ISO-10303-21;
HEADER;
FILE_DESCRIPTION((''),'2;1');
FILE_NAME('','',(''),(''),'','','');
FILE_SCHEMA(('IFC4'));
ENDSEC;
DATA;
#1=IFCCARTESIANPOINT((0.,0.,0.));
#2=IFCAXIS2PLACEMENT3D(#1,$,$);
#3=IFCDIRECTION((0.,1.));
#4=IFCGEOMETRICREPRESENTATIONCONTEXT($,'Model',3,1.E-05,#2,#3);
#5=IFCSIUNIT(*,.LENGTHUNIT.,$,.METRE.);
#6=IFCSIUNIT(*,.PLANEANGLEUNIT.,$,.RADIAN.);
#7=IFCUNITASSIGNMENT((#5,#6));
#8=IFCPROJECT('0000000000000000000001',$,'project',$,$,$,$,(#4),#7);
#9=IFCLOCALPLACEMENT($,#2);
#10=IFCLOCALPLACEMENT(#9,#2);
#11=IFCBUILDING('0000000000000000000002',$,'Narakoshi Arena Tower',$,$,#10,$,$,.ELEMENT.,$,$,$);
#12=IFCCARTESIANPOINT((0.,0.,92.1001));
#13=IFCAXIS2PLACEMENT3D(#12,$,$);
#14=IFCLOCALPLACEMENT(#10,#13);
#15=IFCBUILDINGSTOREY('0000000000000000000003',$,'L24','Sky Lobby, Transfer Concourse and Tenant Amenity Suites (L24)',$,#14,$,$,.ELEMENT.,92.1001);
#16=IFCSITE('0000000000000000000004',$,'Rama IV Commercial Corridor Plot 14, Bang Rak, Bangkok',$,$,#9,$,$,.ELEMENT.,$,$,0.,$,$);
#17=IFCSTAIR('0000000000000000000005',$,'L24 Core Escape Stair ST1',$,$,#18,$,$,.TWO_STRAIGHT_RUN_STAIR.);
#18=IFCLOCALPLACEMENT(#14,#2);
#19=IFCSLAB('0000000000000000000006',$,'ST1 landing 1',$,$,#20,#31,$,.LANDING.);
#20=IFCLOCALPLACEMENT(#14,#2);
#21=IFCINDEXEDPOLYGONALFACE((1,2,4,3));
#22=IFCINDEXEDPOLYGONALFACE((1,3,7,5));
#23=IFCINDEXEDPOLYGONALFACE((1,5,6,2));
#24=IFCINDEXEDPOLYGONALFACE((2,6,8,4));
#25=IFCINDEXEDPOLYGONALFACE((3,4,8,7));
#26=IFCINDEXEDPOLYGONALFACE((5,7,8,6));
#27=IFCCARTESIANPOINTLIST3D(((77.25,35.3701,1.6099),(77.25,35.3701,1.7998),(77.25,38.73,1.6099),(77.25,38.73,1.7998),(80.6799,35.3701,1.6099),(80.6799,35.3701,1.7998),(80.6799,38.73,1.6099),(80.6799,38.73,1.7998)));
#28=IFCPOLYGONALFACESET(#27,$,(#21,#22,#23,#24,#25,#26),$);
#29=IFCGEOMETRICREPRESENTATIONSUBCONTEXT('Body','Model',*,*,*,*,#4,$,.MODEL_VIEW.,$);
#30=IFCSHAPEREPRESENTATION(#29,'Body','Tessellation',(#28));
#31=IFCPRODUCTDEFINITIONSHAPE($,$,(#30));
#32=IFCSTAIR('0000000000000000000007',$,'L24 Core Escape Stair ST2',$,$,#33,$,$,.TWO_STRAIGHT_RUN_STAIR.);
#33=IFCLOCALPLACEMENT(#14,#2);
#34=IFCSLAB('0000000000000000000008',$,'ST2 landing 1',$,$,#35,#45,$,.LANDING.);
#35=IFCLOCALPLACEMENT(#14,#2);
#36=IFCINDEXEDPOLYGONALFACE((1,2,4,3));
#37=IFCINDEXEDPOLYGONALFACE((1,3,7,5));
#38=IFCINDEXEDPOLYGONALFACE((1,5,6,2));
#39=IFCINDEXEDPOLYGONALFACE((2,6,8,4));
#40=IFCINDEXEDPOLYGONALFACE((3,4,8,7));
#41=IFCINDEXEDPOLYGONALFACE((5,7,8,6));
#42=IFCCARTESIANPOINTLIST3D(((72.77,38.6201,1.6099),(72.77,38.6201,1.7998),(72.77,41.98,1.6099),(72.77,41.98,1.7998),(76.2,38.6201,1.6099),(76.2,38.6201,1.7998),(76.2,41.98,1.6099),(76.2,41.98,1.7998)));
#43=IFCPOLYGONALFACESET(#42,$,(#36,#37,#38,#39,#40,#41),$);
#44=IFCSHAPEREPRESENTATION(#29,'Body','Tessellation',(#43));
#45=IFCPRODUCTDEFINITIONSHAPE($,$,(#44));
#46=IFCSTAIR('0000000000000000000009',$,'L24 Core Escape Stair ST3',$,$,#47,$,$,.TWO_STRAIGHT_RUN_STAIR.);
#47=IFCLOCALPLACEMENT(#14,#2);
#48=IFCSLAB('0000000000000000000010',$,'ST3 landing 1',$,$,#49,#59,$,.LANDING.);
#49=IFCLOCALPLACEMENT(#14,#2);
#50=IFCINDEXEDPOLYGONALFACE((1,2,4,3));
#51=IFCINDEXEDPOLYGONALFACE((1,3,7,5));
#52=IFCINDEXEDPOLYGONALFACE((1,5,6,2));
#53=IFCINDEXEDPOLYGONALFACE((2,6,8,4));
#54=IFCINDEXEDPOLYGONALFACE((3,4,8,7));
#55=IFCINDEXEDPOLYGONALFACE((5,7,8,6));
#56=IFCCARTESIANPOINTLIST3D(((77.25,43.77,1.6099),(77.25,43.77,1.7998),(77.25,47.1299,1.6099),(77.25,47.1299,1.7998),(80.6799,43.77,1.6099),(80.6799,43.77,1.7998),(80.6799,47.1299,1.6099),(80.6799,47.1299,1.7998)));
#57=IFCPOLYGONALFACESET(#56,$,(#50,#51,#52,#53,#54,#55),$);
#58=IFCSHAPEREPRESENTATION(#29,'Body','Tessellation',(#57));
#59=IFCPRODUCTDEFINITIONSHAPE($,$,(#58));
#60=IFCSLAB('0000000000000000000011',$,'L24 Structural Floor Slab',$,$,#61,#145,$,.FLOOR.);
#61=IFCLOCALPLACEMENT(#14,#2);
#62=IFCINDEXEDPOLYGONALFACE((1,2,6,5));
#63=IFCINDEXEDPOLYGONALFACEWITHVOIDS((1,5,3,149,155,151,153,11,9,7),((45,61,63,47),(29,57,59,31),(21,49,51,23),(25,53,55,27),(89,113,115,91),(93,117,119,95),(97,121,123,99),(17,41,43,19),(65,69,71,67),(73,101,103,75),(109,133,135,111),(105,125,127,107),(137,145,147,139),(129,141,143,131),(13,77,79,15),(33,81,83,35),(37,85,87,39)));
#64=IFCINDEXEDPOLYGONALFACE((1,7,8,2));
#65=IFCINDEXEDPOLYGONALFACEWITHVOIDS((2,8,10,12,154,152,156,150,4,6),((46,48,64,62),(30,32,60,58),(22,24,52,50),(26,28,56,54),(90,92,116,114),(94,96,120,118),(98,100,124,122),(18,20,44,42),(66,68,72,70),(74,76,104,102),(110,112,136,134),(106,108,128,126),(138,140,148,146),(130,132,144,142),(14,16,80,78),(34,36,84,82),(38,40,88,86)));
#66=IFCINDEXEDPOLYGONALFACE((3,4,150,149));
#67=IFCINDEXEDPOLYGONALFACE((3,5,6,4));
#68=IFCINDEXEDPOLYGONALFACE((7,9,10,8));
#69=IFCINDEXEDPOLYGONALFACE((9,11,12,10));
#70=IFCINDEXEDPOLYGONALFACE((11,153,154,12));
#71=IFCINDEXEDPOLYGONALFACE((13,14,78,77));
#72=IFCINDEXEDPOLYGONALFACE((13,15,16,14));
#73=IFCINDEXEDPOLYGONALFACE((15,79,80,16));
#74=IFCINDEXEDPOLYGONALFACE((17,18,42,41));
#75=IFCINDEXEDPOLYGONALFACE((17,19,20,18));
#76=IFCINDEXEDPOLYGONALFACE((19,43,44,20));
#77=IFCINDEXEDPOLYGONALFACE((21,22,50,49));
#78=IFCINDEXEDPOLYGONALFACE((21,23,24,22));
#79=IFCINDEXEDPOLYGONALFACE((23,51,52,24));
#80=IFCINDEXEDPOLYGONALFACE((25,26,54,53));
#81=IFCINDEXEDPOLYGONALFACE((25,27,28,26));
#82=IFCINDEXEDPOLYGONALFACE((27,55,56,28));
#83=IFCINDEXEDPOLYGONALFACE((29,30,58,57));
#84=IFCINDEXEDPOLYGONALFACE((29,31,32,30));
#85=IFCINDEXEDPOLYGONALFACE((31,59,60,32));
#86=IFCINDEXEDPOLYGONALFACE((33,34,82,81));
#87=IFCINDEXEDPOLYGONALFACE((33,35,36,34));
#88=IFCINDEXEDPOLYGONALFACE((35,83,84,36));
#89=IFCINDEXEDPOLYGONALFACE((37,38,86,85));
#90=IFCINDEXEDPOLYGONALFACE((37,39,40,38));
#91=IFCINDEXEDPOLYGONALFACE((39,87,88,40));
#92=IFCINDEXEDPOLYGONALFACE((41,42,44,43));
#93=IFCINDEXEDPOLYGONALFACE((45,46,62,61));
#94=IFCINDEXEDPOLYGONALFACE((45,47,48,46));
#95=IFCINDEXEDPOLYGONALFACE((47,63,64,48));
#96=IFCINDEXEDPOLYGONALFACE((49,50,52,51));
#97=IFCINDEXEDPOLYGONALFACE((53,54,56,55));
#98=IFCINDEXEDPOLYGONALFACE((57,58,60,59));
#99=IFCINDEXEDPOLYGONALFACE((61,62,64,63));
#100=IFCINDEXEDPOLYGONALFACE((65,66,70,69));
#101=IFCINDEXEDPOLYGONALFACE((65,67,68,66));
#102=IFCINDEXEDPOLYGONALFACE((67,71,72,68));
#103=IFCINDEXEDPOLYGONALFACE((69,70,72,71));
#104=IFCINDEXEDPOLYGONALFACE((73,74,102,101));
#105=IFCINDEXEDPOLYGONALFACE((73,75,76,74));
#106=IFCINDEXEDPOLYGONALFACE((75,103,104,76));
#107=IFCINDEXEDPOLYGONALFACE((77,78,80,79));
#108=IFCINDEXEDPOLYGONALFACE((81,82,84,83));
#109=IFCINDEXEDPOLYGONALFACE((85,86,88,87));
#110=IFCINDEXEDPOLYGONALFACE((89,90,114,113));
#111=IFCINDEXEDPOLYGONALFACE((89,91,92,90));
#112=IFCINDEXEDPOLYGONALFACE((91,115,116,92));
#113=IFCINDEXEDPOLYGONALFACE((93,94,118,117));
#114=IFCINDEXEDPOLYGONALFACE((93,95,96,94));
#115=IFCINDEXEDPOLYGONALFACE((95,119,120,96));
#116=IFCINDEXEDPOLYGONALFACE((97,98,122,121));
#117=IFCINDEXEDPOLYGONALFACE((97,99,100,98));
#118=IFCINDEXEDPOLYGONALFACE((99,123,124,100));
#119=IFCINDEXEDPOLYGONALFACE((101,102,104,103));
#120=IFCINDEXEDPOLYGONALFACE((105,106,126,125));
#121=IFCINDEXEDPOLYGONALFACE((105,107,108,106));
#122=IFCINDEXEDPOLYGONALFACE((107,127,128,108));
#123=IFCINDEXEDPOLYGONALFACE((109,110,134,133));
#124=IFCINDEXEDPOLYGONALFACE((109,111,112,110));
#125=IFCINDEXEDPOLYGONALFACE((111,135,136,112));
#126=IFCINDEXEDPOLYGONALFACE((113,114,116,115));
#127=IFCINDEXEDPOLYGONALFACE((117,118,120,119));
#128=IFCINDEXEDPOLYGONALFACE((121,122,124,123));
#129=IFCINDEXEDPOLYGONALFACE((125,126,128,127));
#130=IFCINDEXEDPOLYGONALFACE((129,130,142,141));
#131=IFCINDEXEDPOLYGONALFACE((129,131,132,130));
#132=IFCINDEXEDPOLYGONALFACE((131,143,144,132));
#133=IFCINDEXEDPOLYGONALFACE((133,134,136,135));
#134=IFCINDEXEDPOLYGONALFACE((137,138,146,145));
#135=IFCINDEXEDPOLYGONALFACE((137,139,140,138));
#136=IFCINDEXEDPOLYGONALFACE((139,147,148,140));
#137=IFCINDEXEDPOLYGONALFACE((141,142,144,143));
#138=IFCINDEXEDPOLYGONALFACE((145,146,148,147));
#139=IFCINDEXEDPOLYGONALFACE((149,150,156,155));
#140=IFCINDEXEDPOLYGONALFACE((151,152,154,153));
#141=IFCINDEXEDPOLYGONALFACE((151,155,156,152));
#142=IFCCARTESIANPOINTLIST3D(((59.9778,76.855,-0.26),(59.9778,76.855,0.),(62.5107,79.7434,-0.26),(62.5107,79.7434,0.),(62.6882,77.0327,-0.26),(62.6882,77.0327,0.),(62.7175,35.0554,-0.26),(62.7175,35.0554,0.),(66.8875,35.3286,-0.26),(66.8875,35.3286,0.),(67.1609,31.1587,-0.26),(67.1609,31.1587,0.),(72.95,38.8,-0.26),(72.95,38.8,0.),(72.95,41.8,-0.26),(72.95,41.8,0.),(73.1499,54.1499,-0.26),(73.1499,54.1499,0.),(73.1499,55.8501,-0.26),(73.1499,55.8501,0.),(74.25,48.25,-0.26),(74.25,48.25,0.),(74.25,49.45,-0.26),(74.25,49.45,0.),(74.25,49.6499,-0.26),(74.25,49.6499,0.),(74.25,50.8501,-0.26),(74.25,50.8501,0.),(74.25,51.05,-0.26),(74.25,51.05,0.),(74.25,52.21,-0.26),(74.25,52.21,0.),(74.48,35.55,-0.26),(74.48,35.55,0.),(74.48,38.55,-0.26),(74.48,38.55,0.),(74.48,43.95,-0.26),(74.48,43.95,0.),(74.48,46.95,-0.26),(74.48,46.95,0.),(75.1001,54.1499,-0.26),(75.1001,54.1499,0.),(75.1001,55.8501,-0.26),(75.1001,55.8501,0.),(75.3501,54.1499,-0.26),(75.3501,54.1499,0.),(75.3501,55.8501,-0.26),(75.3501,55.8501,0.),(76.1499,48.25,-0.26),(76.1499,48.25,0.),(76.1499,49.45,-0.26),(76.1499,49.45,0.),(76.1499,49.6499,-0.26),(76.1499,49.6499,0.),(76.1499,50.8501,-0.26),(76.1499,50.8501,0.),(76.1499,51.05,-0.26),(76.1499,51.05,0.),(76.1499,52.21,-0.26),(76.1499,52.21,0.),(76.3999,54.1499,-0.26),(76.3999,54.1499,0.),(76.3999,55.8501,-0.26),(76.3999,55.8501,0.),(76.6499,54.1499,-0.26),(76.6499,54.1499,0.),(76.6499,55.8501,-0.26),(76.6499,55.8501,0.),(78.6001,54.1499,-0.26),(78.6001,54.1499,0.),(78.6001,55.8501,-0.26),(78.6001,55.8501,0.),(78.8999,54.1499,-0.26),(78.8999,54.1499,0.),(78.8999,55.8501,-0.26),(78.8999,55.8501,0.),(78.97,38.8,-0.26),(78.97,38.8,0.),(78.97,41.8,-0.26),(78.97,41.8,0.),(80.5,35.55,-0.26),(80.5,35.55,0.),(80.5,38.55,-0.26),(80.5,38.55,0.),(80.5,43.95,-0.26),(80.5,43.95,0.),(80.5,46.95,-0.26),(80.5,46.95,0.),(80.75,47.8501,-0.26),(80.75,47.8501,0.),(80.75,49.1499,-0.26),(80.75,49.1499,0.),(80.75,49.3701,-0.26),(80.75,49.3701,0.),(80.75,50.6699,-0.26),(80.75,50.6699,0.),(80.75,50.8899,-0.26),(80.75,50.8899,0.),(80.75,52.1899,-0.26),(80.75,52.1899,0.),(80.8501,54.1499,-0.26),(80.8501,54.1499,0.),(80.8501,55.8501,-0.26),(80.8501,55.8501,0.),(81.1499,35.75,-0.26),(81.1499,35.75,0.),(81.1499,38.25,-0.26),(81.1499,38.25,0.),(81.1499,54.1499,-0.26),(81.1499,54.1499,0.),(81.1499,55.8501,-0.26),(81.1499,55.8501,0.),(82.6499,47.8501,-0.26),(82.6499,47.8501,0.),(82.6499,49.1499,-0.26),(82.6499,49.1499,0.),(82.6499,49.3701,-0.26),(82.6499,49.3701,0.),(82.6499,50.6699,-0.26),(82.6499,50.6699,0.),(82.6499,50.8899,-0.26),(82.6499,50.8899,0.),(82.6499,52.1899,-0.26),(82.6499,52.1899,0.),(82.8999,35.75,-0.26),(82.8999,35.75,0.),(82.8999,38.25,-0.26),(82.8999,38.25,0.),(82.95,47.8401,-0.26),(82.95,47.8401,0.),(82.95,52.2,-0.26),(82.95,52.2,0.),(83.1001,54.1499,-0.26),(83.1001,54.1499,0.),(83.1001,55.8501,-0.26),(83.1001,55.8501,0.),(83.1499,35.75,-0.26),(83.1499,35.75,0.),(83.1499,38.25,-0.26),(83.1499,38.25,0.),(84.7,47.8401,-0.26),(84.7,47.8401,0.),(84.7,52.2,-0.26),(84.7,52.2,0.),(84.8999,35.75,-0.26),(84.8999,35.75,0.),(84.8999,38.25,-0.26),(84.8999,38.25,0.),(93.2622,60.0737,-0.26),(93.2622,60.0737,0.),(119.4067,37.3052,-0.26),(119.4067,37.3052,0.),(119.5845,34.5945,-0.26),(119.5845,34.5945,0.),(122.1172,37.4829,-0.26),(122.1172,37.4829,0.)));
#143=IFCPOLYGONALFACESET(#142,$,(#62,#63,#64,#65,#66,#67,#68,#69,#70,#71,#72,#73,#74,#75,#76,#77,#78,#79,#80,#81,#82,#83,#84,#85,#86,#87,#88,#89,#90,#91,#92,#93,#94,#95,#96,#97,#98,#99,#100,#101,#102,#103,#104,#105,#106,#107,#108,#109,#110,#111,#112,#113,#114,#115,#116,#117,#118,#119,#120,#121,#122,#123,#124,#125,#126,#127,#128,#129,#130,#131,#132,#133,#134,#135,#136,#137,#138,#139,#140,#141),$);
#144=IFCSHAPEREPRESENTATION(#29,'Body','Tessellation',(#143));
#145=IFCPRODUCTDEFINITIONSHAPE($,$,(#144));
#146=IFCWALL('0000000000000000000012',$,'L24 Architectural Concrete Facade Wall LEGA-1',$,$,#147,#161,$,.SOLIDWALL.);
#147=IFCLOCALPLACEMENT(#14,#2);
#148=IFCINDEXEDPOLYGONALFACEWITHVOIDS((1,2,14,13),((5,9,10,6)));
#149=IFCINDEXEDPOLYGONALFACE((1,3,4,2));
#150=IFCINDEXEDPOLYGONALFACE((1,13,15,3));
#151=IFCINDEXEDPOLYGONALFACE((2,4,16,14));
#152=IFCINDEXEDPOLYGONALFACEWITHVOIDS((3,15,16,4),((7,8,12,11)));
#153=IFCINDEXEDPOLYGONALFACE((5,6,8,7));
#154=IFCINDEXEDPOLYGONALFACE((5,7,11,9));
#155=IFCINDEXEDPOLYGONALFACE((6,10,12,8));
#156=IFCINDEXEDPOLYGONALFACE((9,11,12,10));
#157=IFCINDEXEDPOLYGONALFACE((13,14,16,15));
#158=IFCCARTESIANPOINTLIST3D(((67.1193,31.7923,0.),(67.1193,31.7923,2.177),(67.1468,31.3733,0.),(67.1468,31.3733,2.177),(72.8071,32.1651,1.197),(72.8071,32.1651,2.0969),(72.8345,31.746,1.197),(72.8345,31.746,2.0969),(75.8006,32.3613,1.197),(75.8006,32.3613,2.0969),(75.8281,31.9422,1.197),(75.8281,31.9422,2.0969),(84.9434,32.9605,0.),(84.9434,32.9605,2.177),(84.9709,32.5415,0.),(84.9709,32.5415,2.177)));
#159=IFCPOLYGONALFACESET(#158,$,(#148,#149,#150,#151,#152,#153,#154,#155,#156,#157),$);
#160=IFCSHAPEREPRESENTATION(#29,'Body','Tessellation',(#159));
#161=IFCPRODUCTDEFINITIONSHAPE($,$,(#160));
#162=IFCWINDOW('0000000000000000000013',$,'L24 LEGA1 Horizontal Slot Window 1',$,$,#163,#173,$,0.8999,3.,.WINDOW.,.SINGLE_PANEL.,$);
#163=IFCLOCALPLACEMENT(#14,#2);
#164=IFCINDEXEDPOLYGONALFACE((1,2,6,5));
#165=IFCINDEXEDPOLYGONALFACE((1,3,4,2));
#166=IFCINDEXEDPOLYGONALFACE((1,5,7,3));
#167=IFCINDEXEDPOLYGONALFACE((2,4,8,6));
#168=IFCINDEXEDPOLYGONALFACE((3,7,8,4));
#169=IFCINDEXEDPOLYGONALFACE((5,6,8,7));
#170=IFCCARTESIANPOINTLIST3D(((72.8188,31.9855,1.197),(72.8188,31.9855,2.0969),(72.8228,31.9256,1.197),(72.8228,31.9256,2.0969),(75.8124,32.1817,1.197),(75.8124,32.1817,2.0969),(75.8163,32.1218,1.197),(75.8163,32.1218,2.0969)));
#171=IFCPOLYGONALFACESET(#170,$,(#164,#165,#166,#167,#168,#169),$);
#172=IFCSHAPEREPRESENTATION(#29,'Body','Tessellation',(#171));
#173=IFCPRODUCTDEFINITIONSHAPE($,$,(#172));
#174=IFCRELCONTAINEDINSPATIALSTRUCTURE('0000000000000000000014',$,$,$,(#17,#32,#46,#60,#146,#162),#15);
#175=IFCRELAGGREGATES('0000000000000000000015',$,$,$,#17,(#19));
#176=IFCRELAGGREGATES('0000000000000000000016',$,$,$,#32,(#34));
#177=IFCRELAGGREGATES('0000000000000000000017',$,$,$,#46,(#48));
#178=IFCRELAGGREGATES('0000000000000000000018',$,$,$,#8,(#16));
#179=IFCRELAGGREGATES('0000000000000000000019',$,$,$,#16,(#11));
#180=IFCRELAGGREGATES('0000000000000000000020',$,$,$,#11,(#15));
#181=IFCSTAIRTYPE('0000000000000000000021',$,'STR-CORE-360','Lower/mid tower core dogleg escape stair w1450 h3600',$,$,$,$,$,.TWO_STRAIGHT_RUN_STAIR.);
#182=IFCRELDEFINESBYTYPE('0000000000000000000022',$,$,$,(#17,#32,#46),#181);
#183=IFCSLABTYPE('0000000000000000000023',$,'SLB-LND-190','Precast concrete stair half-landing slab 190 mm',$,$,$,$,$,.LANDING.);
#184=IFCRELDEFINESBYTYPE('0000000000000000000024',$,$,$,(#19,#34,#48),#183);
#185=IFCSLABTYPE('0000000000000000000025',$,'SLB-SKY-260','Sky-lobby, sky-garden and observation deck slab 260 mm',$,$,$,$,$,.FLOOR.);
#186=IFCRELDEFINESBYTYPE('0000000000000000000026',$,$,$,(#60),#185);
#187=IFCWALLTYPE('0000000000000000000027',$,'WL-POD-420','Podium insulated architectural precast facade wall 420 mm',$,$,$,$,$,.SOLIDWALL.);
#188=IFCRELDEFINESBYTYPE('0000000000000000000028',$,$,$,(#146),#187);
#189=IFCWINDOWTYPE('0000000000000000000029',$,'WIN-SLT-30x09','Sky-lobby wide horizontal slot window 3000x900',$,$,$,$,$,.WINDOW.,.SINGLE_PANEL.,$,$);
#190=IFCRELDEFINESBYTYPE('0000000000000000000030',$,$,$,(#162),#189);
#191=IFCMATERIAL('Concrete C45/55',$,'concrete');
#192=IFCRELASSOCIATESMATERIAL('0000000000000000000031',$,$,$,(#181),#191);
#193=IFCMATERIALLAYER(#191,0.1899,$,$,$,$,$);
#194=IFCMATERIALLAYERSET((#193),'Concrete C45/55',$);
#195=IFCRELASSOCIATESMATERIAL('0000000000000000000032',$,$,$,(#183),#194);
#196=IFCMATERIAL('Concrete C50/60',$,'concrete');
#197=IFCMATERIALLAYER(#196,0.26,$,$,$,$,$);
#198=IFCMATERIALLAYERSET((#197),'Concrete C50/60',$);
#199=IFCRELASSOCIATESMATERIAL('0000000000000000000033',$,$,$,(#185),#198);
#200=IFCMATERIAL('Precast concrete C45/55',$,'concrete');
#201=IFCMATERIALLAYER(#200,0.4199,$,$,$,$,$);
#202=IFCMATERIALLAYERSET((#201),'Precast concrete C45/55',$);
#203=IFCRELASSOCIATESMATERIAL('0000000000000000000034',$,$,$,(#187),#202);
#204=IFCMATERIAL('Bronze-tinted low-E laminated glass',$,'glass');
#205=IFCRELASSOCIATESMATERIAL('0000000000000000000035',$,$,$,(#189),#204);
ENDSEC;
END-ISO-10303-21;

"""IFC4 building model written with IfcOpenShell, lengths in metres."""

from ifc_helpers import new_model, si_unit, direction, frame, frame_2d, origin, place, context, subcontext, project, spatial, polyline, rectangle, outline, extrude, material, layer, layer_set, type_object, element, fill, aggregate, save


model = new_model("IFC4")

# Units and contexts
model_context = context("Model", 3, precision=1e-05, world=origin(), true_north=direction((0.0, 1.0)))
body_context = subcontext(model_context, "Body", "Model", "MODEL_VIEW")
ifc_project = project(units=[si_unit("LENGTHUNIT", "METRE"), si_unit("PLANEANGLEUNIT", "RADIAN")], contexts=[model_context])

# Site, building, storey
site_placement = place(None, origin())
site = spatial("IfcSite", under=ifc_project, at=site_placement, Name="Rama IV Commercial Corridor Plot 14, Bang Rak, Bangkok", CompositionType="ELEMENT", RefElevation=0.0)
building_placement = place(site_placement, origin())
building = spatial("IfcBuilding", under=site, at=building_placement, Name="Narakoshi Arena Tower", CompositionType="ELEMENT")
storey_placement = place(building_placement, frame((0.0, 0.0, 92.1001)))
storey = spatial("IfcBuildingStorey", under=building, at=storey_placement, Name="L24", Description="Sky Lobby, Transfer Concourse and Tenant Amenity Suites (L24)", CompositionType="ELEMENT", Elevation=92.1001)

# Stairs, slabs
ifc_material_1 = material(Name="Concrete C45/55", Category="concrete")
stair_type = type_object("IfcStairType", Name="STR-CORE-360", Description="Lower/mid tower core dogleg escape stair w1450 h3600", PredefinedType="TWO_STRAIGHT_RUN_STAIR", material=ifc_material_1)
stair_1_placement = place(storey_placement, origin())
stair_1 = element("IfcStair", 1, at=stair_1_placement, inside=storey, type_object=stair_type, Name="L24 Core Escape Stair ST1", PredefinedType="TWO_STRAIGHT_RUN_STAIR")
ifc_layer_1 = layer(ifc_material_1, 0.1899)
ifc_layer_set_1 = layer_set([ifc_layer_1], Name="Concrete C45/55")
slab_type_1 = type_object("IfcSlabType", Name="SLB-LND-190", Description="Precast concrete stair half-landing slab 190 mm", PredefinedType="LANDING", material=ifc_layer_set_1)
slab_1_placement = place(storey_placement, frame((0.0, 0.0, 1.6099)))
slab_1 = element("IfcSlab", 2, at=slab_1_placement, type_object=slab_type_1, Name="ST1 landing 1", PredefinedType="LANDING", context=body_context, shape_type="SweptSolid", body=[
    extrude(outline(polyline([(77.25, 35.3701), (80.6799, 35.3701), (80.6799, 38.73), (77.25, 38.73), (77.25, 35.3701)])), origin(), (0.0, 0.0, 1.0), 0.1899),
])
aggregate(stair_1, [slab_1])
stair_2_placement = place(storey_placement, origin())
stair_2 = element("IfcStair", 3, at=stair_2_placement, inside=storey, type_object=stair_type, Name="L24 Core Escape Stair ST2", PredefinedType="TWO_STRAIGHT_RUN_STAIR")
slab_2_placement = place(storey_placement, frame((0.0, 0.0, 1.6099)))
slab_2 = element("IfcSlab", 4, at=slab_2_placement, type_object=slab_type_1, Name="ST2 landing 1", PredefinedType="LANDING", context=body_context, shape_type="SweptSolid", body=[
    extrude(outline(polyline([(72.77, 38.6201), (76.2, 38.6201), (76.2, 41.98), (72.77, 41.98), (72.77, 38.6201)])), origin(), (0.0, 0.0, 1.0), 0.1899),
])
aggregate(stair_2, [slab_2])
stair_3_placement = place(storey_placement, origin())
stair_3 = element("IfcStair", 5, at=stair_3_placement, inside=storey, type_object=stair_type, Name="L24 Core Escape Stair ST3", PredefinedType="TWO_STRAIGHT_RUN_STAIR")
slab_3_placement = place(storey_placement, frame((0.0, 0.0, 1.6099)))
slab_3 = element("IfcSlab", 6, at=slab_3_placement, type_object=slab_type_1, Name="ST3 landing 1", PredefinedType="LANDING", context=body_context, shape_type="SweptSolid", body=[
    extrude(outline(polyline([(77.25, 43.77), (80.6799, 43.77), (80.6799, 47.1299), (77.25, 47.1299), (77.25, 43.77)])), origin(), (0.0, 0.0, 1.0), 0.1899),
])
aggregate(stair_3, [slab_3])

# Slab
ifc_material_2 = material(Name="Concrete C50/60", Category="concrete")
ifc_layer_2 = layer(ifc_material_2, 0.26)
ifc_layer_set_2 = layer_set([ifc_layer_2], Name="Concrete C50/60")
slab_type_2 = type_object("IfcSlabType", Name="SLB-SKY-260", Description="Sky-lobby, sky-garden and observation deck slab 260 mm", PredefinedType="FLOOR", material=ifc_layer_set_2)
slab_4_placement = place(storey_placement, frame((0.0, 0.0, -0.26)))
element("IfcSlab", 7, at=slab_4_placement, inside=storey, type_object=slab_type_2, Name="L24 Structural Floor Slab", PredefinedType="FLOOR", context=body_context, shape_type="SweptSolid", body=[
    extrude(outline(polyline([(67.1609, 31.1587), (119.5845, 34.5945), (119.4067, 37.3052), (122.1172, 37.4829), (93.2622, 60.0737), (62.5107, 79.7434), (62.6882, 77.0327), (59.9778, 76.855), (62.7175, 35.0554), (66.8875, 35.3286), (67.1609, 31.1587)]), holes=[polyline([(74.48, 35.55), (74.48, 38.55), (80.5, 38.55), (80.5, 35.55), (74.48, 35.55)]), polyline([(81.1499, 35.75), (81.1499, 38.25), (82.8999, 38.25), (82.8999, 35.75), (81.1499, 35.75)]), polyline([(83.1499, 35.75), (83.1499, 38.25), (84.8999, 38.25), (84.8999, 35.75), (83.1499, 35.75)]), polyline([(72.95, 38.8), (72.95, 41.8), (78.97, 41.8), (78.97, 38.8), (72.95, 38.8)]), polyline([(74.48, 43.95), (74.48, 46.95), (80.5, 46.95), (80.5, 43.95), (74.48, 43.95)]), polyline([(82.95, 47.8401), (82.95, 52.2), (84.7, 52.2), (84.7, 47.8401), (82.95, 47.8401)]), polyline([(80.75, 47.8501), (80.75, 49.1499), (82.6499, 49.1499), (82.6499, 47.8501), (80.75, 47.8501)]), polyline([(74.25, 48.25), (74.25, 49.45), (76.1499, 49.45), (76.1499, 48.25), (74.25, 48.25)]), polyline([(80.75, 49.3701), (80.75, 50.6699), (82.6499, 50.6699), (82.6499, 49.3701), (80.75, 49.3701)]), polyline([(74.25, 49.6499), (74.25, 50.8501), (76.1499, 50.8501), (76.1499, 49.6499), (74.25, 49.6499)]), polyline([(80.75, 50.8899), (80.75, 52.1899), (82.6499, 52.1899), (82.6499, 50.8899), (80.75, 50.8899)]), polyline([(74.25, 51.05), (74.25, 52.21), (76.1499, 52.21), (76.1499, 51.05), (74.25, 51.05)]), polyline([(73.1499, 54.1499), (73.1499, 55.8501), (75.1001, 55.8501), (75.1001, 54.1499), (73.1499, 54.1499)]), polyline([(75.3501, 54.1499), (75.3501, 55.8501), (76.3999, 55.8501), (76.3999, 54.1499), (75.3501, 54.1499)]), polyline([(76.6499, 54.1499), (76.6499, 55.8501), (78.6001, 55.8501), (78.6001, 54.1499), (76.6499, 54.1499)]), polyline([(78.8999, 55.8501), (80.8501, 55.8501), (80.8501, 54.1499), (78.8999, 54.1499), (78.8999, 55.8501)]), polyline([(81.1499, 55.8501), (83.1001, 55.8501), (83.1001, 54.1499), (81.1499, 54.1499), (81.1499, 55.8501)])]), origin(), (0.0, 0.0, 1.0), 0.26),
])

# Wall, opening, window
ifc_material_3 = material(Name="Precast concrete C45/55", Category="concrete")
ifc_layer_3 = layer(ifc_material_3, 0.4199)
ifc_layer_set_3 = layer_set([ifc_layer_3], Name="Precast concrete C45/55")
wall_type_1 = type_object("IfcWallType", Name="WL-POD-420", Description="Podium insulated architectural precast facade wall 420 mm", PredefinedType="SOLIDWALL", material=ifc_layer_set_3)
wall_1_placement = place(storey_placement, frame((67.1331, 31.5828, 0.0), z_axis=(0.0, 0.0, 1.0), x_axis=(0.997859, 0.065401, 0.0)))
wall_1 = element("IfcWall", 8, at=wall_1_placement, inside=storey, type_object=wall_type_1, Name="L24 Architectural Concrete Facade Wall LEGA-1", PredefinedType="SOLIDWALL", context=body_context, shape_type="SweptSolid", body=[
    extrude(rectangle(XDim=17.8623, YDim=0.4199, at=frame_2d((8.9312, 0.0))), origin(), (0.0, 0.0, 1.0), 2.177),
])
opening_1_placement = place(wall_1_placement, frame((5.7, 0.0, 1.197)))
opening_1 = element("IfcOpeningElement", 9, at=opening_1_placement, cuts=wall_1, PredefinedType="OPENING", context=body_context, shape_type="SweptSolid", body=[
    extrude(rectangle(XDim=3.0, YDim=0.8999, at=frame_2d((1.5, 0.45))), frame((0.0, 0.22, 0.0), z_axis=(0.0, -1.0, 0.0), x_axis=(1.0, 0.0, 0.0)), (0.0, 0.0, 1.0), 0.4399),
])
ifc_material_4 = material(Name="Bronze-tinted low-E laminated glass", Category="glass")
window_type_1 = type_object("IfcWindowType", Name="WIN-SLT-30x09", Description="Sky-lobby wide horizontal slot window 3000x900", PartitioningType="SINGLE_PANEL", PredefinedType="WINDOW", material=ifc_material_4)
window_1_placement = place(opening_1_placement, origin())
window_1 = element("IfcWindow", 10, at=window_1_placement, inside=storey, type_object=window_type_1, Name="L24 LEGA1 Horizontal Slot Window 1", OverallHeight=0.8999, OverallWidth=3.0, PartitioningType="SINGLE_PANEL", PredefinedType="WINDOW", context=body_context, shape_type="SweptSolid", body=[
    extrude(rectangle(XDim=3.0, YDim=0.8999, at=frame_2d((1.5, 0.45))), frame((0.0, 0.03, 0.0), z_axis=(0.0, -1.0, 0.0), x_axis=(1.0, 0.0, 0.0)), (0.0, 0.0, 1.0), 0.0601),
])
fill(opening_1, window_1)

save(model, "model.ifc")
